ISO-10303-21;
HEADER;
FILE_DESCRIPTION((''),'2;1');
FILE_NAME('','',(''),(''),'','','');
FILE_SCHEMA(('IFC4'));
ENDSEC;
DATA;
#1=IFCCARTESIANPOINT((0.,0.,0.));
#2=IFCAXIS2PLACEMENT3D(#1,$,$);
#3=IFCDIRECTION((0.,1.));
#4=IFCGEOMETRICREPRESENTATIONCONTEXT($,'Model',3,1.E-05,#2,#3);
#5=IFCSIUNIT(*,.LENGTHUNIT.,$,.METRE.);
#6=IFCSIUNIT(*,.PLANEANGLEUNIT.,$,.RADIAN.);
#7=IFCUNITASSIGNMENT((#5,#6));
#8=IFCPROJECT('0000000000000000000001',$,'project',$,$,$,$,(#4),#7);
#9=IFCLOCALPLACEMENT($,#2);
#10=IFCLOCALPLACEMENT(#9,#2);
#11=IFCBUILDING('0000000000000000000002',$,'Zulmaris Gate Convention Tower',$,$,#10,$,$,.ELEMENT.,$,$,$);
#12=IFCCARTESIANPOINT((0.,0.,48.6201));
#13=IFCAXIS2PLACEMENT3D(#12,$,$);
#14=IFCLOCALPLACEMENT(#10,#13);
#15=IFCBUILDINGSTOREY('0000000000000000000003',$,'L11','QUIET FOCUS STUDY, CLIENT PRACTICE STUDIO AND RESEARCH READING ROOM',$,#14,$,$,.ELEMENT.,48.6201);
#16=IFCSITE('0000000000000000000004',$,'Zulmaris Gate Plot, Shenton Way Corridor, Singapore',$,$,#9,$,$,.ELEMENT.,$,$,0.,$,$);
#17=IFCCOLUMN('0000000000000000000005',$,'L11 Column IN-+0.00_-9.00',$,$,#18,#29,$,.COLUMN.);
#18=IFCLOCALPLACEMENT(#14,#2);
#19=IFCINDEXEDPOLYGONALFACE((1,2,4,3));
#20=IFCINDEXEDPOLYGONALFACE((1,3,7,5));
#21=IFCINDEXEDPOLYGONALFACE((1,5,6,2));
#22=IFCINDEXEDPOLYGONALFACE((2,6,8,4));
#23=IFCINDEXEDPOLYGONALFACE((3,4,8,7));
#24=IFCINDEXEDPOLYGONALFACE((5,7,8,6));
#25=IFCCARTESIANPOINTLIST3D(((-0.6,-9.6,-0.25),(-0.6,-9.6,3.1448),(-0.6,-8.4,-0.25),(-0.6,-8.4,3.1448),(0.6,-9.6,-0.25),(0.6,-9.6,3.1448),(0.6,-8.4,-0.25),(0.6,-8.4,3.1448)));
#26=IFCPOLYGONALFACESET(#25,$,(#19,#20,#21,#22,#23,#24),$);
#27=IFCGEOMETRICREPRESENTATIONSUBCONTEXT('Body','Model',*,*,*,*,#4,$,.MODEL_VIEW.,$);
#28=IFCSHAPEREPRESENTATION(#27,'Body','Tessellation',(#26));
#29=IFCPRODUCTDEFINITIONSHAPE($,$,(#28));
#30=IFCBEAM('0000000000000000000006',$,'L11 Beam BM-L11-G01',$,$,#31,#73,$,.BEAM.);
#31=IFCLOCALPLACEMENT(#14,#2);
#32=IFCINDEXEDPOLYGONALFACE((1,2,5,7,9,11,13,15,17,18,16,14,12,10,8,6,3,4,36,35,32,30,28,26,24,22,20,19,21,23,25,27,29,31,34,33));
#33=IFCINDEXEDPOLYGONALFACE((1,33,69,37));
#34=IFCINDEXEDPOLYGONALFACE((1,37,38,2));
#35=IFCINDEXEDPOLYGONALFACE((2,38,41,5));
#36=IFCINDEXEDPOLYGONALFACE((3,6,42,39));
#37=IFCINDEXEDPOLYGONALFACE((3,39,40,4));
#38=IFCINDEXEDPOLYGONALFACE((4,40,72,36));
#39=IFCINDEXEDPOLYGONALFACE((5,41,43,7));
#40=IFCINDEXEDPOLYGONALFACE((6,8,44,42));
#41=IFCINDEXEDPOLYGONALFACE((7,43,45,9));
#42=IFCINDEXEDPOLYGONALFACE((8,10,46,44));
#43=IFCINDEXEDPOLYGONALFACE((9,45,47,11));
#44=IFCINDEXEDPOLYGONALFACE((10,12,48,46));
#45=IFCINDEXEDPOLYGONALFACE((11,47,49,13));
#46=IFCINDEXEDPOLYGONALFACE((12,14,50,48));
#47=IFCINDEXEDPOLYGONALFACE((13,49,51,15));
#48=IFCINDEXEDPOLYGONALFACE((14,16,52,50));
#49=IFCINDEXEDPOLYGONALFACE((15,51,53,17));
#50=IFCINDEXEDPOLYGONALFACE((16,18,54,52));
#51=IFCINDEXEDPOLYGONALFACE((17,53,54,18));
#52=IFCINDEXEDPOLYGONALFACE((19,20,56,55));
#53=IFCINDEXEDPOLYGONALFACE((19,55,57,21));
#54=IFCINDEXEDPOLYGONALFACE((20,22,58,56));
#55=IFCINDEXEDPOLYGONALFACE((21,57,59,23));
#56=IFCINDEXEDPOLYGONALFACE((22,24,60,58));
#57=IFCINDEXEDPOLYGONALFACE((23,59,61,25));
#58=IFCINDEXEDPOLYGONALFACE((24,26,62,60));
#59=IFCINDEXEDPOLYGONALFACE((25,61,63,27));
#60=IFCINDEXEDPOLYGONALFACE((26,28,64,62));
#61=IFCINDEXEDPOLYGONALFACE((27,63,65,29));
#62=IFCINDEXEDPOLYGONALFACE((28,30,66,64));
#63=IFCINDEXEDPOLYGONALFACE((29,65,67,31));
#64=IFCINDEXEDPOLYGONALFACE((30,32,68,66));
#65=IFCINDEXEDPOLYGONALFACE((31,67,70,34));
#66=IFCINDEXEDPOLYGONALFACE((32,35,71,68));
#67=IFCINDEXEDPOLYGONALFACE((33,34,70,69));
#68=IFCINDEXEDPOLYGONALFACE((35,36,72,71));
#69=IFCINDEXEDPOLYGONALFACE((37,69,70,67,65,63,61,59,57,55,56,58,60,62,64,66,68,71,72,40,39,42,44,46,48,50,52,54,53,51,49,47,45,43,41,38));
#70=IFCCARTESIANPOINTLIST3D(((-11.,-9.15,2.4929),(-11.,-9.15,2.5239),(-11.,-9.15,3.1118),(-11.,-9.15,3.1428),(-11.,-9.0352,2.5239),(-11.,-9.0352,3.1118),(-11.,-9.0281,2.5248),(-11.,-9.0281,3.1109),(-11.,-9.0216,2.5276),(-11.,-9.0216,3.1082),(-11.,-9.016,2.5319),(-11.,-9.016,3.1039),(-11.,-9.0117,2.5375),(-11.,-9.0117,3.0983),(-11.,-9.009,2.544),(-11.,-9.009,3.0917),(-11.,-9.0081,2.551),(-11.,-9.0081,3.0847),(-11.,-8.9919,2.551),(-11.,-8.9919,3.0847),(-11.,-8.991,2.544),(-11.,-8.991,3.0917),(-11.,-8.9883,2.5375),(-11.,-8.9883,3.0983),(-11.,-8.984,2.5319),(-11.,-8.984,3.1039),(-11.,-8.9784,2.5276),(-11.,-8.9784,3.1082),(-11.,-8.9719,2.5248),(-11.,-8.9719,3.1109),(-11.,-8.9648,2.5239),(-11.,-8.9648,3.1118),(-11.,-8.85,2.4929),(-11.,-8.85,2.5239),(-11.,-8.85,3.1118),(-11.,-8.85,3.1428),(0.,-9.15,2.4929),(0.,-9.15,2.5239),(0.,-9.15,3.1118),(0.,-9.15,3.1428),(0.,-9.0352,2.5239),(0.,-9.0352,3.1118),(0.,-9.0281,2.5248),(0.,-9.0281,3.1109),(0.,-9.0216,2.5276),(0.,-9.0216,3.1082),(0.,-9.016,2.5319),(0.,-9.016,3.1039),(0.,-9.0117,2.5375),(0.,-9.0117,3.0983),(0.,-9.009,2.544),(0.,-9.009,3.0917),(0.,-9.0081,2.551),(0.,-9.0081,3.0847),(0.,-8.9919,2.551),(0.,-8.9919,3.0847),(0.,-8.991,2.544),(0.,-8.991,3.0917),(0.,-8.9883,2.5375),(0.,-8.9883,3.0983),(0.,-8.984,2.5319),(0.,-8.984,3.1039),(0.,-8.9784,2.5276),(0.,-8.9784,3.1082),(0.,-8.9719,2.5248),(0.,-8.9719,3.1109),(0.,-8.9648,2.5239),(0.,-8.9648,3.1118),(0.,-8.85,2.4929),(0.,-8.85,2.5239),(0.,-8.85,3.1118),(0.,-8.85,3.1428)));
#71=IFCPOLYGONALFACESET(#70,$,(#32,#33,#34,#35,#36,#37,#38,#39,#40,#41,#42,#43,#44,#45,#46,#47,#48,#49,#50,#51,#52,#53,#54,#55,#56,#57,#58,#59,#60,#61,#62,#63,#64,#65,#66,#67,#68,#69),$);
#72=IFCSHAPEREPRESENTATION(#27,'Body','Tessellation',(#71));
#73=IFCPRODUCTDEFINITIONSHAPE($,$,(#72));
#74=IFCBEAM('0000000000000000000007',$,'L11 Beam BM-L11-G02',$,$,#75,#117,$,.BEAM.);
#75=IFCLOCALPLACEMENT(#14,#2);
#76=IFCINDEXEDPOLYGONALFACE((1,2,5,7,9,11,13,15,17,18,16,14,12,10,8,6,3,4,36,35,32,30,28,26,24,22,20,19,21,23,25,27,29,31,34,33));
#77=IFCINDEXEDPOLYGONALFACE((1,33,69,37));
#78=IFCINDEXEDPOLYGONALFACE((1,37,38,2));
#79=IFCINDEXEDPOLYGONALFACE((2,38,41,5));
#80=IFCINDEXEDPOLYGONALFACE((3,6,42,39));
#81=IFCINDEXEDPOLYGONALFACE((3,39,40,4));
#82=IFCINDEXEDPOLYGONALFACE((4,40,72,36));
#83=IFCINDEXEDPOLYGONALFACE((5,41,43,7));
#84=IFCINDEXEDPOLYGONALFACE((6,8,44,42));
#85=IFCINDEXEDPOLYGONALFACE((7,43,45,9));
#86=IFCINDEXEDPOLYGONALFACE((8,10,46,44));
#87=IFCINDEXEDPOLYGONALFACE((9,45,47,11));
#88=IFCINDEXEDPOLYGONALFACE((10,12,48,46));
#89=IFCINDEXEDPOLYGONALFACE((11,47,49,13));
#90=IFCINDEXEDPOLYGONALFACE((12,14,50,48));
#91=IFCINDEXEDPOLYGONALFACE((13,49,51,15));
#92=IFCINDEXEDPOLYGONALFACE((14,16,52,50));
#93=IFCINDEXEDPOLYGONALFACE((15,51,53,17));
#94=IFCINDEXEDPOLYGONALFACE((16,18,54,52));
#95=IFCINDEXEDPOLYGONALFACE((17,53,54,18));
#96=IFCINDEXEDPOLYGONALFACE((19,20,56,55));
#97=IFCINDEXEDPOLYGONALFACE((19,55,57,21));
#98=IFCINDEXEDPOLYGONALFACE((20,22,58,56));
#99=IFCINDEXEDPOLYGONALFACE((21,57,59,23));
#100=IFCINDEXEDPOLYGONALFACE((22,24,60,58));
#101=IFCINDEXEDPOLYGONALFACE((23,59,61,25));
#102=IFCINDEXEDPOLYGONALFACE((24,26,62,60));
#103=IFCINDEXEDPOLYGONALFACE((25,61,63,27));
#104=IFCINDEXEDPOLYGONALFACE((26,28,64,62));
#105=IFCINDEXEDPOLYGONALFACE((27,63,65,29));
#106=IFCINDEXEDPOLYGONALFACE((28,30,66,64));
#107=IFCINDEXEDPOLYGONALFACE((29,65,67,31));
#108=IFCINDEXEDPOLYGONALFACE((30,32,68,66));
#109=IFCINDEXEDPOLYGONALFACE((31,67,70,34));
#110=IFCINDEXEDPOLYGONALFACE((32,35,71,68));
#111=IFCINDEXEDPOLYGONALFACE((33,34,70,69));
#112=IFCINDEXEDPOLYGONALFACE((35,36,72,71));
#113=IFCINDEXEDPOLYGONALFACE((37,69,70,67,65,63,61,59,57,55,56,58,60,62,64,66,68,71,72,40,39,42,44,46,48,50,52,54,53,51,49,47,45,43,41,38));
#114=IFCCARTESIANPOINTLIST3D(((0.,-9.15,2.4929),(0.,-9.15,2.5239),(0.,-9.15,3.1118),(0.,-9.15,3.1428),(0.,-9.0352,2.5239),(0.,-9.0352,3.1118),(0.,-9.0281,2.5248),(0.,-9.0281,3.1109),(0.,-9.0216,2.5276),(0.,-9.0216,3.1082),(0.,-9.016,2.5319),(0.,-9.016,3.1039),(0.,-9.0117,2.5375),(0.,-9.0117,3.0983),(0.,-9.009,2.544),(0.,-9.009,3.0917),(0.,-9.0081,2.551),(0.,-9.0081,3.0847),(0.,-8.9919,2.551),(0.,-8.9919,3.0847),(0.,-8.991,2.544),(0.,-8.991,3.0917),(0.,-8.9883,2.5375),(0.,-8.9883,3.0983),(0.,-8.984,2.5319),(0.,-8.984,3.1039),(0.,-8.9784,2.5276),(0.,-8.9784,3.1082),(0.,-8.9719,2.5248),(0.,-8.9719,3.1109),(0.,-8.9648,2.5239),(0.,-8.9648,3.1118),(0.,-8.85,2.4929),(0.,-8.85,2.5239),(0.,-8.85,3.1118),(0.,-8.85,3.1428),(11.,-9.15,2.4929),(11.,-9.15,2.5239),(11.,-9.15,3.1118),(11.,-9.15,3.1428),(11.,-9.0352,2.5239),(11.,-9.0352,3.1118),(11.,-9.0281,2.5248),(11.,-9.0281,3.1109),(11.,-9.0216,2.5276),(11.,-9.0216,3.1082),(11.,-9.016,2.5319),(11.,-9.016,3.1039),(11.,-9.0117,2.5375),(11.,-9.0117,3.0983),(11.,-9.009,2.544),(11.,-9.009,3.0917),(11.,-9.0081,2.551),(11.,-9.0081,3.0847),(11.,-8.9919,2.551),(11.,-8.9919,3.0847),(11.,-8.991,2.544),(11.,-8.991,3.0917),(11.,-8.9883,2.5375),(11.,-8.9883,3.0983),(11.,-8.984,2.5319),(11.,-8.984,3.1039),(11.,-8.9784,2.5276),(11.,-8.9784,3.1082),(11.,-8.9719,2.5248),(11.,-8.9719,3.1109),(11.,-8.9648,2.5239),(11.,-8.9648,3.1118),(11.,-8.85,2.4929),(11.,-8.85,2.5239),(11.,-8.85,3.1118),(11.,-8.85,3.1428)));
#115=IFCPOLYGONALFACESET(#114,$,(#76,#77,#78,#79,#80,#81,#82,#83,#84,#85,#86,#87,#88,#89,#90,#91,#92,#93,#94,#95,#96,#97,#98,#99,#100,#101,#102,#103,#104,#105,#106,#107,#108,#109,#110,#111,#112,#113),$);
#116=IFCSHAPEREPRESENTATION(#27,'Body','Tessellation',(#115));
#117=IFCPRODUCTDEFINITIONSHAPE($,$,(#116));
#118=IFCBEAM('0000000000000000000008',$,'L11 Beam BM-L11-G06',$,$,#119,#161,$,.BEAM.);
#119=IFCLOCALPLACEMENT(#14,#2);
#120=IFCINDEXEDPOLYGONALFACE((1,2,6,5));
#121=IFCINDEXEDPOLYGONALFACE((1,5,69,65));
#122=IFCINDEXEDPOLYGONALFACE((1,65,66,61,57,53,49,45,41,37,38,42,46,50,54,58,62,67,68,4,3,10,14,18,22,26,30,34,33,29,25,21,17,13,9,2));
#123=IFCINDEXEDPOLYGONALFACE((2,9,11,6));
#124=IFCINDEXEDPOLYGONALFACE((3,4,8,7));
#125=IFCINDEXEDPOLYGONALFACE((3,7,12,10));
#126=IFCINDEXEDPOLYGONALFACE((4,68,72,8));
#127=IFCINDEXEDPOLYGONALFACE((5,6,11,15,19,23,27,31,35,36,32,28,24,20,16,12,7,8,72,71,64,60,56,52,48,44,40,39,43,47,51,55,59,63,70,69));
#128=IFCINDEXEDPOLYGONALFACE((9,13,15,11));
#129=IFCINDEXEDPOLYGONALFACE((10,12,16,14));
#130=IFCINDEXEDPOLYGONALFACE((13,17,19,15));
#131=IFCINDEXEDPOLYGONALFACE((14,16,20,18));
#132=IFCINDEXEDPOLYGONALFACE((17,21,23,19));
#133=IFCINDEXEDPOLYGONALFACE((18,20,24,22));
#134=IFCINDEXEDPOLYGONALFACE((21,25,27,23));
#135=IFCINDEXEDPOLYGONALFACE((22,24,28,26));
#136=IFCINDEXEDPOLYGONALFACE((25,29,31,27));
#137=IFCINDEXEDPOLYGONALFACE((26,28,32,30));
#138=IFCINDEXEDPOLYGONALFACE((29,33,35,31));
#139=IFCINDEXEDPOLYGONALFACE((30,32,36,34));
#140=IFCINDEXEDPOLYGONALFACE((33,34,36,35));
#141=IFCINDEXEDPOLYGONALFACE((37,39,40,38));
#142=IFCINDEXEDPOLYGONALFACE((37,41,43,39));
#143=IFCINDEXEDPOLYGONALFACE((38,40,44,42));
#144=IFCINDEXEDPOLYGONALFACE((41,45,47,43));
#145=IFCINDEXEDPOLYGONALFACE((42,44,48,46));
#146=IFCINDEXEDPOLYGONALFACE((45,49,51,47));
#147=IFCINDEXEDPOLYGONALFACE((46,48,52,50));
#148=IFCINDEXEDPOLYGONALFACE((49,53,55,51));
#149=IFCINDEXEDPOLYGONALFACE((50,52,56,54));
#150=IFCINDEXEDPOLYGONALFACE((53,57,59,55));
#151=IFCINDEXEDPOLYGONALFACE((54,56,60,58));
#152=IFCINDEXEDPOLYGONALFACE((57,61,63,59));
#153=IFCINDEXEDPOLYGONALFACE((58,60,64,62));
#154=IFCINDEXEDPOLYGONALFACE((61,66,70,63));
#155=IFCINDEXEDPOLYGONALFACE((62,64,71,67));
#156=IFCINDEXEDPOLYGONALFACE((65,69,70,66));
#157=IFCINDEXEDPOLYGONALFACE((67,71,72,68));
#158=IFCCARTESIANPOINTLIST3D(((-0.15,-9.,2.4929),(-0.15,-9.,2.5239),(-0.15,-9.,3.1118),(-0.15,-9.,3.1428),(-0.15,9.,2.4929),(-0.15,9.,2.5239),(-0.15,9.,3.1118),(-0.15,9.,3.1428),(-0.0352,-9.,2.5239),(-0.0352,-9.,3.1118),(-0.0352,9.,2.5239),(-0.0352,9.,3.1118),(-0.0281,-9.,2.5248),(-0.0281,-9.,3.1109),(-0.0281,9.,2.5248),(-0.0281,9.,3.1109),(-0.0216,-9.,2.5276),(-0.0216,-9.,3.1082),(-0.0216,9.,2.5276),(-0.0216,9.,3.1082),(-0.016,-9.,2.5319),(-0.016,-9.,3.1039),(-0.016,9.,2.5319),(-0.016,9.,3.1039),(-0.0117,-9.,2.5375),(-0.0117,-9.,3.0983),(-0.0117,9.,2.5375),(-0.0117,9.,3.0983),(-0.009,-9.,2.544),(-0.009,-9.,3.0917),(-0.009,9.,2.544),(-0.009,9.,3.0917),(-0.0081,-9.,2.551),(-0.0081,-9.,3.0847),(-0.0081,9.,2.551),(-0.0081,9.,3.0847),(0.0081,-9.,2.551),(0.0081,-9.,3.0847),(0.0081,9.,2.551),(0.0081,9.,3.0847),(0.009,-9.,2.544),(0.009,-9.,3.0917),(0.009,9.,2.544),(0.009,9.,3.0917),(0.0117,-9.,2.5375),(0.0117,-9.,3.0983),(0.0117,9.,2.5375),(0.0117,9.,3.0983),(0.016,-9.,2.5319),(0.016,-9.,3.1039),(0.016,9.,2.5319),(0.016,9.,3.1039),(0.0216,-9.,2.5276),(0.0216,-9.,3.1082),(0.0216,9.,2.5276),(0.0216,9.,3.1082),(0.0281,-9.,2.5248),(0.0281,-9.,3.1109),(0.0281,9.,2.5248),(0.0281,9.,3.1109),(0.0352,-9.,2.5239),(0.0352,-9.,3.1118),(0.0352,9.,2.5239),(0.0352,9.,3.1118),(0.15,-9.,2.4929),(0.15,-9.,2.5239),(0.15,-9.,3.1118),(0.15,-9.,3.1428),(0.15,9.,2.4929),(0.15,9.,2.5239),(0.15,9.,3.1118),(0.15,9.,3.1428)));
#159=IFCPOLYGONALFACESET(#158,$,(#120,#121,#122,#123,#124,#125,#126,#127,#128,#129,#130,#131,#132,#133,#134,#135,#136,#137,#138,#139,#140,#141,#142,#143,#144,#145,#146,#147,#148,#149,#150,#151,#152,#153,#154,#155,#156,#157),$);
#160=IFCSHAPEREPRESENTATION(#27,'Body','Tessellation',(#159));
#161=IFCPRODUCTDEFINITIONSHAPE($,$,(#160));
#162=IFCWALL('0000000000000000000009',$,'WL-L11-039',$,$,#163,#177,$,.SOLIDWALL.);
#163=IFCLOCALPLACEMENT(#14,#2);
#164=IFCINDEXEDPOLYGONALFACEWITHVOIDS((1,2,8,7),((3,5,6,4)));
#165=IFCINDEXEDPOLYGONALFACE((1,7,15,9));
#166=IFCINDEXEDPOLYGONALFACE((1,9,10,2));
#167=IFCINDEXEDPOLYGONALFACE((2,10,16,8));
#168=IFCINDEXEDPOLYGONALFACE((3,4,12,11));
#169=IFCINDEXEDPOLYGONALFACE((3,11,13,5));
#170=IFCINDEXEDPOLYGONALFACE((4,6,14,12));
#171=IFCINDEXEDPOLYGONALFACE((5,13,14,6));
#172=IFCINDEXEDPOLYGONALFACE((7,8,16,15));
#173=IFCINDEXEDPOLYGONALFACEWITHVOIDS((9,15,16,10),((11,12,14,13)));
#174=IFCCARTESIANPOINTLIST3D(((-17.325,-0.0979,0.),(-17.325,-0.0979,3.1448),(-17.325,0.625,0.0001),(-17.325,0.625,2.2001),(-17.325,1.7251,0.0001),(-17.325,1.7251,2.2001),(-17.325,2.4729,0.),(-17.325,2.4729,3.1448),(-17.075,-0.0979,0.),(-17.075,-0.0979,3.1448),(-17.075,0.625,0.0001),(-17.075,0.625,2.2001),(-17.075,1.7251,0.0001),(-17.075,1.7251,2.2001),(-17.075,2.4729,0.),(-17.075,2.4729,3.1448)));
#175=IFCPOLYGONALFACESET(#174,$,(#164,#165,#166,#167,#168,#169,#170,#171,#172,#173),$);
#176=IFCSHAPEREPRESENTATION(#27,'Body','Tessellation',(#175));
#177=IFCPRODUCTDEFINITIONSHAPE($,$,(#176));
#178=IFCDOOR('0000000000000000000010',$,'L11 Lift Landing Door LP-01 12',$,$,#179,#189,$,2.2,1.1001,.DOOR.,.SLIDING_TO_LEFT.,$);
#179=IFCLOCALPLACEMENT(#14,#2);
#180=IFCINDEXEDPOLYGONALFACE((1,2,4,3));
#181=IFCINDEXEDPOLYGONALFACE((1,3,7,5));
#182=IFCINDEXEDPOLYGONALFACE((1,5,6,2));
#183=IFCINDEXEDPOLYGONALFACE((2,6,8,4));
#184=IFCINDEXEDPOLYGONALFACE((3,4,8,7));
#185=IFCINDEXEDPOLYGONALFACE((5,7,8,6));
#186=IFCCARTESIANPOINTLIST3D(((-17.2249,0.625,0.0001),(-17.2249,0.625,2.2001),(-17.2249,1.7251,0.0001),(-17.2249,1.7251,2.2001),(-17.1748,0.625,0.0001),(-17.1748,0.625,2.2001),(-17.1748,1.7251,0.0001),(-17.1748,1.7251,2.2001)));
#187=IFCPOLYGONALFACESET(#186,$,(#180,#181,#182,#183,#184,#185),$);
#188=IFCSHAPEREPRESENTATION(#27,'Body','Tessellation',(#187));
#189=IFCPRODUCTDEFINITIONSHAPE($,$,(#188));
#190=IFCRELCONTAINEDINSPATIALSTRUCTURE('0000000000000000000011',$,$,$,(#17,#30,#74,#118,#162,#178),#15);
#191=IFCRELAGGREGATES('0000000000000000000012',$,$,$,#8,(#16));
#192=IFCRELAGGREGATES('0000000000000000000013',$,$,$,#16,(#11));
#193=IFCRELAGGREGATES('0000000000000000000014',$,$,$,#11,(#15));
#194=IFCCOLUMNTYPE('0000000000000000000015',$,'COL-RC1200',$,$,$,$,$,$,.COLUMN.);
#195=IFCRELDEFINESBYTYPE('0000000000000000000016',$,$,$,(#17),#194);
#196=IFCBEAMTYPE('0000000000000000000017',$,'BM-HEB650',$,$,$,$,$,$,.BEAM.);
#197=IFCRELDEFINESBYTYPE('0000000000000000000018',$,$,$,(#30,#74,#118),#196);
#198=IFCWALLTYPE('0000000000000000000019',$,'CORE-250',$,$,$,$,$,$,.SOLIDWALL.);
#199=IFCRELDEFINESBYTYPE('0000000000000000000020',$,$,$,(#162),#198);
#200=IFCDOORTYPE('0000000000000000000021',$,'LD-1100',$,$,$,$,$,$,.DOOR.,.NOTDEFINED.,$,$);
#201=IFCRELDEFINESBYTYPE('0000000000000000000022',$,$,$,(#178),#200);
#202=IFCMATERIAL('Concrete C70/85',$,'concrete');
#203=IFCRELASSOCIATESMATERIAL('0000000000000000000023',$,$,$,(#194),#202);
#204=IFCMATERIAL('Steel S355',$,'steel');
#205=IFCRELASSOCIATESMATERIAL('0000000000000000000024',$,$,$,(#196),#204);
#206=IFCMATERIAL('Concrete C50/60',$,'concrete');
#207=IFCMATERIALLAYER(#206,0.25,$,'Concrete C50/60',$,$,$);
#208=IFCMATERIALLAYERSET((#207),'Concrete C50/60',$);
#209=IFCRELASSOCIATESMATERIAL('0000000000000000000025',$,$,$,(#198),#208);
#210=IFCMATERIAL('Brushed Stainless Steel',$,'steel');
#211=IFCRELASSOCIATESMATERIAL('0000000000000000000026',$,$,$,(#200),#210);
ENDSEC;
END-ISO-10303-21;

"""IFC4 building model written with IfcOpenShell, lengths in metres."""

from ifc_helpers import new_model, si_unit, direction, frame, frame_2d, origin, origin_2d, place, context, subcontext, project, spatial, rectangle, i_section, extrude, material, layer, layer_set, material_profile, profile_set, type_object, element, fill, save


model = new_model("IFC4")

# Units and contexts
model_context = context("Model", 3, precision=1e-05, world=origin(), true_north=direction((0.0, 1.0)))
body_context = subcontext(model_context, "Body", "Model", "MODEL_VIEW")
ifc_project = project(units=[si_unit("LENGTHUNIT", "METRE"), si_unit("PLANEANGLEUNIT", "RADIAN")], contexts=[model_context])

# Site, building, storey
site_placement = place(None, origin())
site = spatial("IfcSite", under=ifc_project, at=site_placement, Name="Zulmaris Gate Plot, Shenton Way Corridor, Singapore", CompositionType="ELEMENT", RefElevation=0.0)
building_placement = place(site_placement, origin())
building = spatial("IfcBuilding", under=site, at=building_placement, Name="Zulmaris Gate Convention Tower", CompositionType="ELEMENT")
storey_placement = place(building_placement, frame((0.0, 0.0, 48.6201)))
storey = spatial("IfcBuildingStorey", under=building, at=storey_placement, Name="L11", Description="QUIET FOCUS STUDY, CLIENT PRACTICE STUDIO AND RESEARCH READING ROOM", CompositionType="ELEMENT", Elevation=48.6201)

# Column
ifc_material_1 = material(Name="Concrete C70/85", Category="concrete")
ifc_material_profile_1 = material_profile(ifc_material_1, rectangle(XDim=1.2, YDim=1.2, at=origin_2d()), Name="RC COL 1200x1200")
ifc_profile_set_1 = profile_set([ifc_material_profile_1], Name="Concrete C70/85")
column_type = type_object("IfcColumnType", Name="COL-RC1200", PredefinedType="COLUMN", material=ifc_profile_set_1)
column_placement = place(storey_placement, frame((0.0, -9.0, -0.25), z_axis=(0.0, 0.0, 1.0), x_axis=(1.0, 0.0, 0.0)))
element("IfcColumn", 1, at=column_placement, inside=storey, type_object=column_type, Name="L11 Column IN-+0.00_-9.00", PredefinedType="COLUMN", context=body_context, shape_type="SweptSolid", body=[
    extrude(rectangle(XDim=1.2, YDim=1.2, at=origin_2d()), origin(), (0.0, 0.0, 1.0), 3.3948),
])

# Beams
ifc_material_2 = material(Name="Steel S355", Category="steel")
ifc_material_profile_2 = material_profile(ifc_material_2, i_section(OverallWidth=0.3, OverallDepth=0.6499, WebThickness=0.0161, FlangeThickness=0.031, FilletRadius=0.0271, at=origin_2d()), Name="HEB 650")
ifc_profile_set_2 = profile_set([ifc_material_profile_2], Name="Steel S355")
beam_type = type_object("IfcBeamType", Name="BM-HEB650", PredefinedType="BEAM", material=ifc_profile_set_2)
for number, where, z_axis, x_axis, name in (
    (2, (-11.0, -9.0, 2.8179), (1.0, 0.0, 0.0), (0.0, 1.0, 0.0), "L11 Beam BM-L11-G01"),
    (3, (0.0, -9.0, 2.8179), (1.0, 0.0, 0.0), (0.0, 1.0, 0.0), "L11 Beam BM-L11-G02"),
):
    element("IfcBeam", number, at=place(storey_placement, frame(where, z_axis=z_axis, x_axis=x_axis)), inside=storey, type_object=beam_type, Name=name, PredefinedType="BEAM", context=body_context, shape_type="SweptSolid", body=[
        extrude(i_section(OverallWidth=0.3, OverallDepth=0.6499, WebThickness=0.0161, FlangeThickness=0.031, FilletRadius=0.0271, at=origin_2d()), origin(), (0.0, 0.0, 1.0), 11.0),
    ])
beam_placement = place(storey_placement, frame((0.0, -9.0, 2.8179), z_axis=(0.0, 1.0, 0.0), x_axis=(-1.0, 0.0, 0.0)))
element("IfcBeam", 4, at=beam_placement, inside=storey, type_object=beam_type, Name="L11 Beam BM-L11-G06", PredefinedType="BEAM", context=body_context, shape_type="SweptSolid", body=[
    extrude(i_section(OverallWidth=0.3, OverallDepth=0.6499, WebThickness=0.0161, FlangeThickness=0.031, FilletRadius=0.0271, at=origin_2d()), origin(), (0.0, 0.0, 1.0), 18.0),
])

# Wall, opening, door
ifc_material_3 = material(Name="Concrete C50/60", Category="concrete")
ifc_layer_1 = layer(ifc_material_3, 0.25, Name="Concrete C50/60")
ifc_layer_set_1 = layer_set([ifc_layer_1], Name="Concrete C50/60")
wall_type_1 = type_object("IfcWallType", Name="CORE-250", PredefinedType="SOLIDWALL", material=ifc_layer_set_1)
wall_1_placement = place(storey_placement, frame((-17.2, -0.0979, 0.0), z_axis=(0.0, 0.0, 1.0), x_axis=(0.0, 1.0, 0.0)))
wall_1 = element("IfcWall", 5, at=wall_1_placement, inside=storey, type_object=wall_type_1, Name="WL-L11-039", PredefinedType="SOLIDWALL", context=body_context, shape_type="SweptSolid", body=[
    extrude(rectangle(XDim=2.5708, YDim=0.25, at=frame_2d((1.2854, 0.0))), origin(), (0.0, 0.0, 1.0), 3.1448),
])
opening_placement = place(wall_1_placement, frame((0.7229, 0.0, 0.0)))
opening = element("IfcOpeningElement", 6, at=opening_placement, cuts=wall_1, PredefinedType="OPENING", context=body_context, shape_type="SweptSolid", body=[
    extrude(rectangle(XDim=1.1001, YDim=2.2, at=frame_2d((0.55, 1.1001))), frame((0.0, 0.135, 0.0), z_axis=(0.0, -1.0, 0.0), x_axis=(1.0, 0.0, 0.0)), (0.0, 0.0, 1.0), 0.27),
])
ifc_material_4 = material(Name="Brushed Stainless Steel", Category="steel")
door_type = type_object("IfcDoorType", Name="LD-1100", OperationType="NOTDEFINED", PredefinedType="DOOR", material=ifc_material_4)
door_placement = place(opening_placement, origin())
door = element("IfcDoor", 7, at=door_placement, inside=storey, type_object=door_type, Name="L11 Lift Landing Door LP-01 12", OperationType="SLIDING_TO_LEFT", OverallHeight=2.2, OverallWidth=1.1001, PredefinedType="DOOR", context=body_context, shape_type="SweptSolid", body=[
    extrude(rectangle(XDim=1.1001, YDim=2.2, at=frame_2d((0.55, 1.1001))), frame((0.0, 0.0249, 0.0), z_axis=(0.0, -1.0, 0.0), x_axis=(1.0, 0.0, 0.0)), (0.0, 0.0, 1.0), 0.05),
])
fill(opening, door)

save(model, "model.ifc")
